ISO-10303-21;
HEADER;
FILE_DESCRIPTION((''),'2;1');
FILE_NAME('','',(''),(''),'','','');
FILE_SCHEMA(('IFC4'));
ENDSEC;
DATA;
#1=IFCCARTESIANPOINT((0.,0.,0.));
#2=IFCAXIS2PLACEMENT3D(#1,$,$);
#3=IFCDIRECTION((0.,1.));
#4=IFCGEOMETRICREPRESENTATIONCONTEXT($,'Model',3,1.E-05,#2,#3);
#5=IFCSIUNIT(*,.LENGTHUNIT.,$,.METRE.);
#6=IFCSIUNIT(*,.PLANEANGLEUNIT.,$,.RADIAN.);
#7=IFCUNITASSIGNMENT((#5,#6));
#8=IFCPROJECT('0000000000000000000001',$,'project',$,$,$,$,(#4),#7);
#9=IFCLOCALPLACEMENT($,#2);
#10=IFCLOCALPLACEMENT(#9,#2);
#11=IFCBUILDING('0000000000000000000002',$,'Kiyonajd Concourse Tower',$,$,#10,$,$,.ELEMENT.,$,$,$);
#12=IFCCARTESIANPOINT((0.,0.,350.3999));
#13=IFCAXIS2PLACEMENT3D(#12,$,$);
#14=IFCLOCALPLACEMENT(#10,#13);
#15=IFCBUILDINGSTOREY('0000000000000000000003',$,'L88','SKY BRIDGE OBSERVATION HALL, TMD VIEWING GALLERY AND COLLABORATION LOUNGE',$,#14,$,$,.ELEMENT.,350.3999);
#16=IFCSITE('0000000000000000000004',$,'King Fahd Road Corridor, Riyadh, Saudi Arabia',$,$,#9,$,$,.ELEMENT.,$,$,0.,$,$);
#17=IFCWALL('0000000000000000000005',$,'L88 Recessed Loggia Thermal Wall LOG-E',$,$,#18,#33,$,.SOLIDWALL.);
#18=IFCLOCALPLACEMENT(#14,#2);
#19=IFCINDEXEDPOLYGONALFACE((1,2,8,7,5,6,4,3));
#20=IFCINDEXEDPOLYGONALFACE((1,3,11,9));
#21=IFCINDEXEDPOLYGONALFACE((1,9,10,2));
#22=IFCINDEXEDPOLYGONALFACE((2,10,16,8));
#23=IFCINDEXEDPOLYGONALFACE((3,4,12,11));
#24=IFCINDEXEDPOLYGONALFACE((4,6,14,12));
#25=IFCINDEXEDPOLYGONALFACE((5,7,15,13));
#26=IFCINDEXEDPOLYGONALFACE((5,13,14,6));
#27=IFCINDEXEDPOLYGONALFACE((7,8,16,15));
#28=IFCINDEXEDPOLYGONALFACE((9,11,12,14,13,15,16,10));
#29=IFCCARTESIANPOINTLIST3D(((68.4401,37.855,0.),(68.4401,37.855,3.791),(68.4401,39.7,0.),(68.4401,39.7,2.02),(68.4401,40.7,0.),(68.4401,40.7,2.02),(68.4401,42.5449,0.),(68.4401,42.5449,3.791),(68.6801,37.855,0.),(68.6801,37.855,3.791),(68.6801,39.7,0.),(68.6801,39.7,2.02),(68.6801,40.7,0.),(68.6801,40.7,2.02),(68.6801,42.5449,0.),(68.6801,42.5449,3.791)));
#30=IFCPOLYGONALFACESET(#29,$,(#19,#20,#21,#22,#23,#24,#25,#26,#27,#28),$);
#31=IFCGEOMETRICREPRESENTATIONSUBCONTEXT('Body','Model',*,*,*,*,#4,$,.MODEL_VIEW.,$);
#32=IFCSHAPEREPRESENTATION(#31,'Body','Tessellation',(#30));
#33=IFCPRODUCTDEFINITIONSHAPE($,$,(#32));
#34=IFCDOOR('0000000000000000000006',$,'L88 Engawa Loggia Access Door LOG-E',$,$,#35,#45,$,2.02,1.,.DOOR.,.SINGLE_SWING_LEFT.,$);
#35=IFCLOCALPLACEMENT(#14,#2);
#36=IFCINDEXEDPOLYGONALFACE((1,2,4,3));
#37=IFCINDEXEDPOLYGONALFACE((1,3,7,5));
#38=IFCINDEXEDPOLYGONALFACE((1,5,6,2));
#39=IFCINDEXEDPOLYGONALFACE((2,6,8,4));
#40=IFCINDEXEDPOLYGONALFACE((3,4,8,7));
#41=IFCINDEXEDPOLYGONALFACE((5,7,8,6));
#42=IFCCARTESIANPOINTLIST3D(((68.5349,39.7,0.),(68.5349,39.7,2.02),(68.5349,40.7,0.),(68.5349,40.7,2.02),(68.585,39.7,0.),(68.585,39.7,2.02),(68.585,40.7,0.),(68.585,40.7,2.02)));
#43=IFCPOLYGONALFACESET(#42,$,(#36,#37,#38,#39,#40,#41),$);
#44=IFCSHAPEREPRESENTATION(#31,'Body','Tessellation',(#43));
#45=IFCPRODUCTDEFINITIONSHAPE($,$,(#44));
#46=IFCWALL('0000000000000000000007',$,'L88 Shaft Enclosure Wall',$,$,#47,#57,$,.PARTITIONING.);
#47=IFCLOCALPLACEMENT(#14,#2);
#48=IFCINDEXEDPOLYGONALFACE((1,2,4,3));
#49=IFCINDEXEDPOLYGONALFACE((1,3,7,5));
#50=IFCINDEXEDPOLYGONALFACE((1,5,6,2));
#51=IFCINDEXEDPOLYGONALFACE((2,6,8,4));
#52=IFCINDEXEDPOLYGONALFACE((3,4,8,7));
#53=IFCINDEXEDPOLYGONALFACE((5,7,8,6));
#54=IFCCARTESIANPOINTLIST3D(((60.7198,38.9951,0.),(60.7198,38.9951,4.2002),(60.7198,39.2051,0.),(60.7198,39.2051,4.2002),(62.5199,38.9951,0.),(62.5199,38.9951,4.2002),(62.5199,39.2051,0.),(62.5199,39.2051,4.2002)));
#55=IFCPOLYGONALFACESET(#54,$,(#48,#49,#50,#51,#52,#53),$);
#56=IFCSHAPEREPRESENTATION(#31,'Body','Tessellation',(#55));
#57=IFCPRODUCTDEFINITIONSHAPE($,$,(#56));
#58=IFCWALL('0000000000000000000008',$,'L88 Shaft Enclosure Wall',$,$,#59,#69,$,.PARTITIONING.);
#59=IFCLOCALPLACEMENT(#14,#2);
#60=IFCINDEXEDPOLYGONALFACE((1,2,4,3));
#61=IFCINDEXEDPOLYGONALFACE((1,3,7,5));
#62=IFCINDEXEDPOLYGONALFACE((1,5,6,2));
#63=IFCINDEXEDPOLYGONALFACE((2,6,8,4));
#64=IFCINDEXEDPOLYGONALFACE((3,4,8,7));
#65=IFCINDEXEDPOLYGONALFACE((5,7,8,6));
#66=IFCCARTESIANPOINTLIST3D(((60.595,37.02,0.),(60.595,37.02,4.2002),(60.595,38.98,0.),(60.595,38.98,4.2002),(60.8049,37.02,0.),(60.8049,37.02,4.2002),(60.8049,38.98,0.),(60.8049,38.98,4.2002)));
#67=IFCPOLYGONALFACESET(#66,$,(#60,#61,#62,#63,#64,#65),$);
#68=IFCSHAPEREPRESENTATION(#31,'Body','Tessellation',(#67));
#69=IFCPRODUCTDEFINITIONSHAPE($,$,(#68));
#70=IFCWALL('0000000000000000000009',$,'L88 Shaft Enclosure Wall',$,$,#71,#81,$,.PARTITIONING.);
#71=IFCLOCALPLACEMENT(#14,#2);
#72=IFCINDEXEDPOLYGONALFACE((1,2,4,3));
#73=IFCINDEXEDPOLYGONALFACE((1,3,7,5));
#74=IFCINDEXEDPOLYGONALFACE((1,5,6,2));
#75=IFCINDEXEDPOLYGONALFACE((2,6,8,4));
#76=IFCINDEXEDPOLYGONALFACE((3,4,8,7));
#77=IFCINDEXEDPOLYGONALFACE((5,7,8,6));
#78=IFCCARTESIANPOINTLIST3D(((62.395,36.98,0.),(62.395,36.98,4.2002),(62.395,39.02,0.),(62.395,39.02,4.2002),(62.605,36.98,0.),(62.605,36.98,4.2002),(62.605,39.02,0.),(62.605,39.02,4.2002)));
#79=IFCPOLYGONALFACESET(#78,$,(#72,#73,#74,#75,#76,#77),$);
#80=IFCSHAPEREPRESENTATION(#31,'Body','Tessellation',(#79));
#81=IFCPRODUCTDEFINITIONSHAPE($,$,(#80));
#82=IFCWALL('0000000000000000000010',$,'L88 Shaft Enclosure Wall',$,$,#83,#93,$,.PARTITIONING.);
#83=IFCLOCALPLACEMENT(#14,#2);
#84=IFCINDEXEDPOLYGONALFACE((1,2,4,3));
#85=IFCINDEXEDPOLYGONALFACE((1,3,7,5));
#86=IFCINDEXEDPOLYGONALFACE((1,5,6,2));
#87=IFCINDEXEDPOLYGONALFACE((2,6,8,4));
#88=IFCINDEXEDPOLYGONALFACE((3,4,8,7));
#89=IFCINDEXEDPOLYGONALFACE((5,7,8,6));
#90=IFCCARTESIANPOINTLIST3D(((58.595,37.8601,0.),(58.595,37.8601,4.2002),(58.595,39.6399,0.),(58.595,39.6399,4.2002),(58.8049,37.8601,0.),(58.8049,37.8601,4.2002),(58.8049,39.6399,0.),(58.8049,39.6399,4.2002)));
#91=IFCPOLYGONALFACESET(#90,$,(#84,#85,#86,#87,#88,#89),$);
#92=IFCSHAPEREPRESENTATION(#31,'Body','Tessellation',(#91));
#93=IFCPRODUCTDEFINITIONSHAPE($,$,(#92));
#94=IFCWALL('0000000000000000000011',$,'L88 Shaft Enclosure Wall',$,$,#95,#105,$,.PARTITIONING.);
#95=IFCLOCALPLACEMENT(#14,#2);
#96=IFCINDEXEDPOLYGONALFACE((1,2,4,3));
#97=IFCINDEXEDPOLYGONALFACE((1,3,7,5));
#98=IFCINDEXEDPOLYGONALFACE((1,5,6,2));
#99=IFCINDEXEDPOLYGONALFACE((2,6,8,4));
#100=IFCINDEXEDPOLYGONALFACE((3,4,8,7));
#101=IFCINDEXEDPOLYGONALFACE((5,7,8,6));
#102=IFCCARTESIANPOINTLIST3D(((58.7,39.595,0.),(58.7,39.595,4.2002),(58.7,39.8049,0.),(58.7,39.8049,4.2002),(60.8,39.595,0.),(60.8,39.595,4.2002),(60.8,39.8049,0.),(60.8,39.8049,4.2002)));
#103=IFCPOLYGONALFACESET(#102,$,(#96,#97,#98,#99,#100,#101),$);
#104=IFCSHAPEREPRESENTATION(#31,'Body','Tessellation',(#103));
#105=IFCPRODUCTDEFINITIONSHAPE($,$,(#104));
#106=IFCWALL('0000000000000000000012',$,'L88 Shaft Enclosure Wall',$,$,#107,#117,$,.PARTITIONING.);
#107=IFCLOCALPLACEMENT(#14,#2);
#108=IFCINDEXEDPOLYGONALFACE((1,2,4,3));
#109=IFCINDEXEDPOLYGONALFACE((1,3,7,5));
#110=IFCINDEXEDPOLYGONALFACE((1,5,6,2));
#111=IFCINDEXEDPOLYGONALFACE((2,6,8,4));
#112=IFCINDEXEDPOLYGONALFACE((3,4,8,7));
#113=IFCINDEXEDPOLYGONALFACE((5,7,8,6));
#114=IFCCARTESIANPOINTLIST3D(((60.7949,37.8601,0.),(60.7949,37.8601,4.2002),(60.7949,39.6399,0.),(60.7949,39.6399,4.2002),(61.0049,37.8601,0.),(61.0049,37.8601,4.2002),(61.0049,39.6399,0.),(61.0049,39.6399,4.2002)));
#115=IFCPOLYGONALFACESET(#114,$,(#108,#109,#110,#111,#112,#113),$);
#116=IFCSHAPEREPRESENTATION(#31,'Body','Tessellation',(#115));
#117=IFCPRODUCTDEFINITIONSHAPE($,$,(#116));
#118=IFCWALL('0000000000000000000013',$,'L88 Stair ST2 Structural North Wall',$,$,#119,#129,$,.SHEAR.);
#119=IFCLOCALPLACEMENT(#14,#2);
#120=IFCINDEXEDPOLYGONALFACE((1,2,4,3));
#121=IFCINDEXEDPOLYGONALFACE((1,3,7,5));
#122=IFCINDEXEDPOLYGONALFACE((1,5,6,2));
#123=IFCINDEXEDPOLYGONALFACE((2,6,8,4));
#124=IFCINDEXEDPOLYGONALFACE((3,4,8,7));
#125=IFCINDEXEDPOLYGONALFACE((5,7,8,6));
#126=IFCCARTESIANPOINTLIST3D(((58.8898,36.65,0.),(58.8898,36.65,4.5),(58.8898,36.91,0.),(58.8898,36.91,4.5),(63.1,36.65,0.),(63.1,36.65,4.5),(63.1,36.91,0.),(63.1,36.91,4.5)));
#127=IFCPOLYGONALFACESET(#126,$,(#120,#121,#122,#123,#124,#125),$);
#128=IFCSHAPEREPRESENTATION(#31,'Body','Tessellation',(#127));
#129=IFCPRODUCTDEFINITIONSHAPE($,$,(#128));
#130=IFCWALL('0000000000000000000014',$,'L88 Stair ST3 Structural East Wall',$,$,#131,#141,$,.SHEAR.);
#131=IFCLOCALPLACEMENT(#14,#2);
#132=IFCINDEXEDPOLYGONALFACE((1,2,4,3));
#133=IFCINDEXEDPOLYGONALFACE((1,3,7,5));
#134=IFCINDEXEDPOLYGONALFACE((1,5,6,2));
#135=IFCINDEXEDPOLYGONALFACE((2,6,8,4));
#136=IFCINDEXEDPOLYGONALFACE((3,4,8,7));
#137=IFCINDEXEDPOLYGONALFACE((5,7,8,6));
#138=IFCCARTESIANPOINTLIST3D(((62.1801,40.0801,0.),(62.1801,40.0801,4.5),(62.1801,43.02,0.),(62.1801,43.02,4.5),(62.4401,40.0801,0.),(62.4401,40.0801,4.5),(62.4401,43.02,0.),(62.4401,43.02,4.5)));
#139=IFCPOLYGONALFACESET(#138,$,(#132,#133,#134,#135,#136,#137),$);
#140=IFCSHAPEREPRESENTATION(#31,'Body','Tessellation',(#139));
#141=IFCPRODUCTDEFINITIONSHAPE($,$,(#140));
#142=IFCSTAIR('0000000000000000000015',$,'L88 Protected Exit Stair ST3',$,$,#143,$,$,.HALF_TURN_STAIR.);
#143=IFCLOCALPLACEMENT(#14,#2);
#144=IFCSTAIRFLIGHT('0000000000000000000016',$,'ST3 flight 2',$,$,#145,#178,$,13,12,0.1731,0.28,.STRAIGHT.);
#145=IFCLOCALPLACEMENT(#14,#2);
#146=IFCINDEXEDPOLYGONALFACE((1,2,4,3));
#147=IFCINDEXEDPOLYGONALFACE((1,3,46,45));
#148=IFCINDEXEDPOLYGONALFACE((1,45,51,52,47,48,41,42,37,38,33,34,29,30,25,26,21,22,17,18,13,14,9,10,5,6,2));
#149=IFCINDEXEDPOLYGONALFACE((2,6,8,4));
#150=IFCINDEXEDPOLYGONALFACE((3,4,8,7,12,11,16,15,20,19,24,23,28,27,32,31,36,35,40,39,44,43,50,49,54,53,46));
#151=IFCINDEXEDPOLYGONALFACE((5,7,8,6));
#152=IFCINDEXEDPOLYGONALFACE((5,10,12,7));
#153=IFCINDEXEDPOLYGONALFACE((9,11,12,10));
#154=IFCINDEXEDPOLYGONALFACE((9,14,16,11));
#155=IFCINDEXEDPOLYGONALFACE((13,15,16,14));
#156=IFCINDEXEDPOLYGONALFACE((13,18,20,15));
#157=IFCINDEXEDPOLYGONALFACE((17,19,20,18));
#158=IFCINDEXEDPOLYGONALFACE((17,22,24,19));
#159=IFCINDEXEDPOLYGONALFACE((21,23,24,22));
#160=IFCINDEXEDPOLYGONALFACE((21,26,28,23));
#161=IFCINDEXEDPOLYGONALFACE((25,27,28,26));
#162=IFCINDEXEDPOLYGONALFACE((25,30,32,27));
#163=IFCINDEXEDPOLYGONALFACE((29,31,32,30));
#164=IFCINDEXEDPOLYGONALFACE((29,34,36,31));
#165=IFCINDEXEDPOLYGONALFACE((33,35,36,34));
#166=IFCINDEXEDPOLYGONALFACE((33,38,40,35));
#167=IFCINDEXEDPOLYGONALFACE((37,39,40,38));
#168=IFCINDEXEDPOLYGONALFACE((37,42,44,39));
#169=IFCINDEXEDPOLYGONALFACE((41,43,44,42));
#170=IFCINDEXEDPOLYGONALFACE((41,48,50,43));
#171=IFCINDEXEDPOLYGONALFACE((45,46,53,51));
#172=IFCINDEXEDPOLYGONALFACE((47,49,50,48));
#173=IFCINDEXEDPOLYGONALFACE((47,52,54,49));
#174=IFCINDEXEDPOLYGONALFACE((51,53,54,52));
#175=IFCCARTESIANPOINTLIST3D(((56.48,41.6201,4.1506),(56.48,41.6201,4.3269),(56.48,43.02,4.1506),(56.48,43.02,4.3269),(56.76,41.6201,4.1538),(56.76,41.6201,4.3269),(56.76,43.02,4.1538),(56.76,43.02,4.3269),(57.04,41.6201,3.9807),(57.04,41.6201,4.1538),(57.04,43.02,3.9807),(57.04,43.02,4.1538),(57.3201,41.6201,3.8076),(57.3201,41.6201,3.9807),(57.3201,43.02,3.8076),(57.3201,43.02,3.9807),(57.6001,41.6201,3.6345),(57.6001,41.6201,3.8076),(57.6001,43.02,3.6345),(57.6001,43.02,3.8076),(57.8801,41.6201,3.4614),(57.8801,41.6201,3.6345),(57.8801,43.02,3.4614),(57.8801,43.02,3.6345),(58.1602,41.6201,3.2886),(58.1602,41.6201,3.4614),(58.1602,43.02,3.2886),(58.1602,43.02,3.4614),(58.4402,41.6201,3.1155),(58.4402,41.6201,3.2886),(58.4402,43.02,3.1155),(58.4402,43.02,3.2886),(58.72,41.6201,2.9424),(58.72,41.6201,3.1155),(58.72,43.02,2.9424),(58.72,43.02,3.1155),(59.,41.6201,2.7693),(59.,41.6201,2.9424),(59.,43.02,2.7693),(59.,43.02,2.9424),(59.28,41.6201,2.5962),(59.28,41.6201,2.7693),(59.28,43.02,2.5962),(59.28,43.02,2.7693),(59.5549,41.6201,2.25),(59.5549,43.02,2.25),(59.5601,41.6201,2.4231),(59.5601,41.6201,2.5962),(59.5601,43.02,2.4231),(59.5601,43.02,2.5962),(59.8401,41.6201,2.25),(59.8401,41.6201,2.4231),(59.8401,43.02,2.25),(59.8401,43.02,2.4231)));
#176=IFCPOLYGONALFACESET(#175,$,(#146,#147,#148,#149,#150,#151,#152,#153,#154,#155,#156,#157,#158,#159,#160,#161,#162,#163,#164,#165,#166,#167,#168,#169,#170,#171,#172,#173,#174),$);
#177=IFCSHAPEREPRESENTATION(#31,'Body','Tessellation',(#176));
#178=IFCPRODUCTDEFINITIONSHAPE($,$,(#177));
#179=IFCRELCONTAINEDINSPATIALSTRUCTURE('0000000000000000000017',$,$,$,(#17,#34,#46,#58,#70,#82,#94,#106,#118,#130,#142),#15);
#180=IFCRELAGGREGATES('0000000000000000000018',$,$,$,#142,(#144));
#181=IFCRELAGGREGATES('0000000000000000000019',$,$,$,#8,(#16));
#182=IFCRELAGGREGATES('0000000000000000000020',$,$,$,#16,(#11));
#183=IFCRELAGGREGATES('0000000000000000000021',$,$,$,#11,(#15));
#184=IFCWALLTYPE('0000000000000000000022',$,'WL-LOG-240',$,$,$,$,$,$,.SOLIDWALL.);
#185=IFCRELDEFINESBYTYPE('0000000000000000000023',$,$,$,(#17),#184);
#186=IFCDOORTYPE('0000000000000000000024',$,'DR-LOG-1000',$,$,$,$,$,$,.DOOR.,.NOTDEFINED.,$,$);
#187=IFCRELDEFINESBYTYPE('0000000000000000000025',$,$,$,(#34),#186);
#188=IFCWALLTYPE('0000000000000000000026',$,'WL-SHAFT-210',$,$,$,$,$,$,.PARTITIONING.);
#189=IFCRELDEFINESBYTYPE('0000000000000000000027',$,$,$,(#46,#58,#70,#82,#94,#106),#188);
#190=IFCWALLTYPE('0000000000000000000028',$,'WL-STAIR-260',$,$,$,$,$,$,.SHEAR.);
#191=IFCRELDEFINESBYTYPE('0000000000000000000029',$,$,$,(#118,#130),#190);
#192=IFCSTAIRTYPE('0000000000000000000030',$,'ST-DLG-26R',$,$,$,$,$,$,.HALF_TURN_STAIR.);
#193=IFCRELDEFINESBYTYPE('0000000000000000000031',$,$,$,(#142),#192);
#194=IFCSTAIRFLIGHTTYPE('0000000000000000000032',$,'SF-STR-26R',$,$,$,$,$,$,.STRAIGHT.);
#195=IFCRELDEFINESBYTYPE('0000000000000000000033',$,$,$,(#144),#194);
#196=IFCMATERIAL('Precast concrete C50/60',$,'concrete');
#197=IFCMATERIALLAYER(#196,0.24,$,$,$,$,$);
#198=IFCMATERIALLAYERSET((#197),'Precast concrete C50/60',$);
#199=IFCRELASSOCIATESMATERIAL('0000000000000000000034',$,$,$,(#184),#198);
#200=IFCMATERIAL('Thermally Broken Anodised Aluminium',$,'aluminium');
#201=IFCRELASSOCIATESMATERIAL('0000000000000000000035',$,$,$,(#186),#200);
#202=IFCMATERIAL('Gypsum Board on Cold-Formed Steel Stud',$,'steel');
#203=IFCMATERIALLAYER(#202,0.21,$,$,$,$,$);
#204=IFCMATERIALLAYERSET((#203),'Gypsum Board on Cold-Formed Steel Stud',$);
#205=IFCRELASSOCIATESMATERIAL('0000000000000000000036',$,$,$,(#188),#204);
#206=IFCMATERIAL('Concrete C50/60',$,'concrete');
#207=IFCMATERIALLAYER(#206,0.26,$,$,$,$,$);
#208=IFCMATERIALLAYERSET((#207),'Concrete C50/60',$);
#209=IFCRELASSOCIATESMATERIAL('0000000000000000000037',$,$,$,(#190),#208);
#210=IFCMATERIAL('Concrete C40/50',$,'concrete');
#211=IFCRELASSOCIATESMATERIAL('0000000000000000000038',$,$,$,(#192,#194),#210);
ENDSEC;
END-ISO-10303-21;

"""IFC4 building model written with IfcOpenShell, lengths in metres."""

from ifc_helpers import new_model, si_unit, direction, frame, frame_2d, origin, place, context, subcontext, project, spatial, polyline, rectangle, outline, extrude, material, layer, layer_set, type_object, element, fill, aggregate, save


model = new_model("IFC4")

# Units and contexts
model_context = context("Model", 3, precision=1e-05, world=origin(), true_north=direction((0.0, 1.0)))
body_context = subcontext(model_context, "Body", "Model", "MODEL_VIEW")
ifc_project = project(units=[si_unit("LENGTHUNIT", "METRE"), si_unit("PLANEANGLEUNIT", "RADIAN")], contexts=[model_context])

# Site, building, storey
site_placement = place(None, origin())
site = spatial("IfcSite", under=ifc_project, at=site_placement, Name="King Fahd Road Corridor, Riyadh, Saudi Arabia", CompositionType="ELEMENT", RefElevation=0.0)
building_placement = place(site_placement, origin())
building = spatial("IfcBuilding", under=site, at=building_placement, Name="Kiyonajd Concourse Tower", CompositionType="ELEMENT")
storey_placement = place(building_placement, frame((0.0, 0.0, 350.3999)))
storey = spatial("IfcBuildingStorey", under=building, at=storey_placement, Name="L88", Description="SKY BRIDGE OBSERVATION HALL, TMD VIEWING GALLERY AND COLLABORATION LOUNGE", CompositionType="ELEMENT", Elevation=350.3999)

# Shared definitions
ifc_material_1 = material(Name="Thermally Broken Anodised Aluminium", Category="aluminium")

# Shared definitions
ifc_material_2 = material(Name="Precast concrete C50/60", Category="concrete")

# Wall, opening, door
ifc_layer_1 = layer(ifc_material_2, 0.24)
ifc_layer_set_1 = layer_set([ifc_layer_1], Name="Precast concrete C50/60")
wall_type_1 = type_object("IfcWallType", Name="WL-LOG-240", PredefinedType="SOLIDWALL", material=ifc_layer_set_1)
wall_1_placement = place(storey_placement, frame((68.5601, 42.5449, 0.0), z_axis=(0.0, 0.0, 1.0), x_axis=(0.0, -1.0, 0.0)))
wall_1 = element("IfcWall", 1, at=wall_1_placement, inside=storey, type_object=wall_type_1, Name="L88 Recessed Loggia Thermal Wall LOG-E", PredefinedType="SOLIDWALL", context=body_context, shape_type="SweptSolid", body=[
    extrude(rectangle(XDim=4.6899, YDim=0.24, at=frame_2d((2.345, 0.0))), origin(), (0.0, 0.0, 1.0), 3.791),
])
opening_1_placement = place(wall_1_placement, frame((1.845, 0.0, 0.0)))
opening_1 = element("IfcOpeningElement", 2, at=opening_1_placement, cuts=wall_1, PredefinedType="OPENING", context=body_context, shape_type="SweptSolid", body=[
    extrude(rectangle(XDim=1.0, YDim=2.02, at=frame_2d((0.5, 1.01))), frame((0.0, 0.1299, 0.0), z_axis=(0.0, -1.0, 0.0), x_axis=(1.0, 0.0, 0.0)), (0.0, 0.0, 1.0), 0.26),
])
door_type = type_object("IfcDoorType", Name="DR-LOG-1000", OperationType="NOTDEFINED", PredefinedType="DOOR", material=ifc_material_1)
door_placement = place(opening_1_placement, origin())
door = element("IfcDoor", 3, at=door_placement, inside=storey, type_object=door_type, Name="L88 Engawa Loggia Access Door LOG-E", OperationType="SINGLE_SWING_LEFT", OverallHeight=2.02, OverallWidth=1.0, PredefinedType="DOOR", context=body_context, shape_type="SweptSolid", body=[
    extrude(rectangle(XDim=1.0, YDim=2.02, at=frame_2d((0.5, 1.01))), frame((0.0, 0.0249, 0.0), z_axis=(0.0, -1.0, 0.0), x_axis=(1.0, 0.0, 0.0)), (0.0, 0.0, 1.0), 0.05),
])
fill(opening_1, door)

# Walls
ifc_material_3 = material(Name="Gypsum Board on Cold-Formed Steel Stud", Category="steel")
ifc_layer_2 = layer(ifc_material_3, 0.21)
ifc_layer_set_2 = layer_set([ifc_layer_2], Name="Gypsum Board on Cold-Formed Steel Stud")
wall_type_2 = type_object("IfcWallType", Name="WL-SHAFT-210", PredefinedType="PARTITIONING", material=ifc_layer_set_2)
wall_2_placement = place(storey_placement, frame((60.72, 39.1001, 0.0), z_axis=(0.0, 0.0, 1.0), x_axis=(1.0, 0.0, 0.0)))
element("IfcWall", 4, at=wall_2_placement, inside=storey, type_object=wall_type_2, Name="L88 Shaft Enclosure Wall", PredefinedType="PARTITIONING", context=body_context, shape_type="SweptSolid", body=[
    extrude(rectangle(XDim=1.8, YDim=0.21, at=frame_2d((0.8999, 0.0))), origin(), (0.0, 0.0, 1.0), 4.2002),
])
wall_3_placement = place(storey_placement, frame((60.7, 37.02, 0.0), z_axis=(0.0, 0.0, 1.0), x_axis=(0.0, 1.0, 0.0)))
element("IfcWall", 5, at=wall_3_placement, inside=storey, type_object=wall_type_2, Name="L88 Shaft Enclosure Wall", PredefinedType="PARTITIONING", context=body_context, shape_type="SweptSolid", body=[
    extrude(rectangle(XDim=1.96, YDim=0.21, at=frame_2d((0.98, 0.0))), origin(), (0.0, 0.0, 1.0), 4.2002),
])
wall_4_placement = place(storey_placement, frame((62.5, 36.98, 0.0), z_axis=(0.0, 0.0, 1.0), x_axis=(0.0, 1.0, 0.0)))
element("IfcWall", 6, at=wall_4_placement, inside=storey, type_object=wall_type_2, Name="L88 Shaft Enclosure Wall", PredefinedType="PARTITIONING", context=body_context, shape_type="SweptSolid", body=[
    extrude(rectangle(XDim=2.04, YDim=0.21, at=frame_2d((1.02, 0.0))), origin(), (0.0, 0.0, 1.0), 4.2002),
])
wall_5_placement = place(storey_placement, frame((58.7, 37.8601, 0.0), z_axis=(0.0, 0.0, 1.0), x_axis=(0.0, 1.0, 0.0)))
element("IfcWall", 7, at=wall_5_placement, inside=storey, type_object=wall_type_2, Name="L88 Shaft Enclosure Wall", PredefinedType="PARTITIONING", context=body_context, shape_type="SweptSolid", body=[
    extrude(rectangle(XDim=1.7798, YDim=0.21, at=frame_2d((0.8899, 0.0))), origin(), (0.0, 0.0, 1.0), 4.2002),
])
wall_6_placement = place(storey_placement, frame((58.7, 39.7, 0.0), z_axis=(0.0, 0.0, 1.0), x_axis=(1.0, 0.0, 0.0)))
element("IfcWall", 8, at=wall_6_placement, inside=storey, type_object=wall_type_2, Name="L88 Shaft Enclosure Wall", PredefinedType="PARTITIONING", context=body_context, shape_type="SweptSolid", body=[
    extrude(rectangle(XDim=2.1001, YDim=0.21, at=frame_2d((1.05, 0.0))), origin(), (0.0, 0.0, 1.0), 4.2002),
])
wall_7_placement = place(storey_placement, frame((60.8999, 37.8601, 0.0), z_axis=(0.0, 0.0, 1.0), x_axis=(0.0, 1.0, 0.0)))
element("IfcWall", 9, at=wall_7_placement, inside=storey, type_object=wall_type_2, Name="L88 Shaft Enclosure Wall", PredefinedType="PARTITIONING", context=body_context, shape_type="SweptSolid", body=[
    extrude(rectangle(XDim=1.7798, YDim=0.21, at=frame_2d((0.8899, 0.0))), origin(), (0.0, 0.0, 1.0), 4.2002),
])
ifc_material_4 = material(Name="Concrete C50/60", Category="concrete")
ifc_layer_3 = layer(ifc_material_4, 0.26)
ifc_layer_set_3 = layer_set([ifc_layer_3], Name="Concrete C50/60")
wall_type_3 = type_object("IfcWallType", Name="WL-STAIR-260", PredefinedType="SHEAR", material=ifc_layer_set_3)
wall_8_placement = place(storey_placement, frame((58.8899, 36.78, 0.0), z_axis=(0.0, 0.0, 1.0), x_axis=(1.0, 0.0, 0.0)))
element("IfcWall", 10, at=wall_8_placement, inside=storey, type_object=wall_type_3, Name="L88 Stair ST2 Structural North Wall", PredefinedType="SHEAR", context=body_context, shape_type="SweptSolid", body=[
    extrude(rectangle(XDim=4.2102, YDim=0.26, at=frame_2d((2.105, 0.0))), origin(), (0.0, 0.0, 1.0), 4.5),
])
wall_9_placement = place(storey_placement, frame((62.3101, 40.0801, 0.0), z_axis=(0.0, 0.0, 1.0), x_axis=(0.0, 1.0, 0.0)))
element("IfcWall", 11, at=wall_9_placement, inside=storey, type_object=wall_type_3, Name="L88 Stair ST3 Structural East Wall", PredefinedType="SHEAR", context=body_context, shape_type="SweptSolid", body=[
    extrude(rectangle(XDim=2.9399, YDim=0.26, at=frame_2d((1.47, 0.0))), origin(), (0.0, 0.0, 1.0), 4.5),
])

# Stair, stair flight
ifc_material_5 = material(Name="Concrete C40/50", Category="concrete")
stair_type = type_object("IfcStairType", Name="ST-DLG-26R", PredefinedType="HALF_TURN_STAIR", material=ifc_material_5)
stair_placement = place(storey_placement, origin())
stair = element("IfcStair", 12, at=stair_placement, inside=storey, type_object=stair_type, Name="L88 Protected Exit Stair ST3", PredefinedType="HALF_TURN_STAIR")
stair_flight_type = type_object("IfcStairFlightType", Name="SF-STR-26R", PredefinedType="STRAIGHT", material=ifc_material_5)
stair_flight_placement = place(storey_placement, frame((59.8401, 42.3201, 2.25), z_axis=(0.0, 0.0, 1.0), x_axis=(-1.0, 0.0, 0.0)))
stair_flight = element("IfcStairFlight", 13, at=stair_flight_placement, type_object=stair_flight_type, Name="ST3 flight 2", NumberOfRisers=13, NumberOfTreads=12, PredefinedType="STRAIGHT", RiserHeight=0.1731, TreadLength=0.28, context=body_context, shape_type="SweptSolid", body=[
    extrude(outline(polyline([(0.0, 0.0), (0.0, 0.1731), (0.28, 0.1731), (0.28, 0.3462), (0.5601, 0.3462), (0.5601, 0.5193), (0.8401, 0.5193), (0.8401, 0.6924), (1.1201, 0.6924), (1.1201, 0.8655), (1.3999, 0.8655), (1.3999, 1.0386), (1.6799, 1.0386), (1.6799, 1.2114), (1.96, 1.2114), (1.96, 1.3845), (2.24, 1.3845), (2.24, 1.5576), (2.52, 1.5576), (2.52, 1.7307), (2.8, 1.7307), (2.8, 1.9038), (3.0801, 1.9038), (3.0801, 2.0769), (3.3601, 2.0769), (3.3601, 2.25), (3.3601, 1.9006), (0.2852, 0.0), (0.0, 0.0)])), frame((0.0, 0.7, 0.0), z_axis=(0.0, -1.0, 0.0), x_axis=(1.0, 0.0, 0.0)), (0.0, 0.0, 1.0), 1.3999),
])
aggregate(stair, [stair_flight])

save(model, "model.ifc")
